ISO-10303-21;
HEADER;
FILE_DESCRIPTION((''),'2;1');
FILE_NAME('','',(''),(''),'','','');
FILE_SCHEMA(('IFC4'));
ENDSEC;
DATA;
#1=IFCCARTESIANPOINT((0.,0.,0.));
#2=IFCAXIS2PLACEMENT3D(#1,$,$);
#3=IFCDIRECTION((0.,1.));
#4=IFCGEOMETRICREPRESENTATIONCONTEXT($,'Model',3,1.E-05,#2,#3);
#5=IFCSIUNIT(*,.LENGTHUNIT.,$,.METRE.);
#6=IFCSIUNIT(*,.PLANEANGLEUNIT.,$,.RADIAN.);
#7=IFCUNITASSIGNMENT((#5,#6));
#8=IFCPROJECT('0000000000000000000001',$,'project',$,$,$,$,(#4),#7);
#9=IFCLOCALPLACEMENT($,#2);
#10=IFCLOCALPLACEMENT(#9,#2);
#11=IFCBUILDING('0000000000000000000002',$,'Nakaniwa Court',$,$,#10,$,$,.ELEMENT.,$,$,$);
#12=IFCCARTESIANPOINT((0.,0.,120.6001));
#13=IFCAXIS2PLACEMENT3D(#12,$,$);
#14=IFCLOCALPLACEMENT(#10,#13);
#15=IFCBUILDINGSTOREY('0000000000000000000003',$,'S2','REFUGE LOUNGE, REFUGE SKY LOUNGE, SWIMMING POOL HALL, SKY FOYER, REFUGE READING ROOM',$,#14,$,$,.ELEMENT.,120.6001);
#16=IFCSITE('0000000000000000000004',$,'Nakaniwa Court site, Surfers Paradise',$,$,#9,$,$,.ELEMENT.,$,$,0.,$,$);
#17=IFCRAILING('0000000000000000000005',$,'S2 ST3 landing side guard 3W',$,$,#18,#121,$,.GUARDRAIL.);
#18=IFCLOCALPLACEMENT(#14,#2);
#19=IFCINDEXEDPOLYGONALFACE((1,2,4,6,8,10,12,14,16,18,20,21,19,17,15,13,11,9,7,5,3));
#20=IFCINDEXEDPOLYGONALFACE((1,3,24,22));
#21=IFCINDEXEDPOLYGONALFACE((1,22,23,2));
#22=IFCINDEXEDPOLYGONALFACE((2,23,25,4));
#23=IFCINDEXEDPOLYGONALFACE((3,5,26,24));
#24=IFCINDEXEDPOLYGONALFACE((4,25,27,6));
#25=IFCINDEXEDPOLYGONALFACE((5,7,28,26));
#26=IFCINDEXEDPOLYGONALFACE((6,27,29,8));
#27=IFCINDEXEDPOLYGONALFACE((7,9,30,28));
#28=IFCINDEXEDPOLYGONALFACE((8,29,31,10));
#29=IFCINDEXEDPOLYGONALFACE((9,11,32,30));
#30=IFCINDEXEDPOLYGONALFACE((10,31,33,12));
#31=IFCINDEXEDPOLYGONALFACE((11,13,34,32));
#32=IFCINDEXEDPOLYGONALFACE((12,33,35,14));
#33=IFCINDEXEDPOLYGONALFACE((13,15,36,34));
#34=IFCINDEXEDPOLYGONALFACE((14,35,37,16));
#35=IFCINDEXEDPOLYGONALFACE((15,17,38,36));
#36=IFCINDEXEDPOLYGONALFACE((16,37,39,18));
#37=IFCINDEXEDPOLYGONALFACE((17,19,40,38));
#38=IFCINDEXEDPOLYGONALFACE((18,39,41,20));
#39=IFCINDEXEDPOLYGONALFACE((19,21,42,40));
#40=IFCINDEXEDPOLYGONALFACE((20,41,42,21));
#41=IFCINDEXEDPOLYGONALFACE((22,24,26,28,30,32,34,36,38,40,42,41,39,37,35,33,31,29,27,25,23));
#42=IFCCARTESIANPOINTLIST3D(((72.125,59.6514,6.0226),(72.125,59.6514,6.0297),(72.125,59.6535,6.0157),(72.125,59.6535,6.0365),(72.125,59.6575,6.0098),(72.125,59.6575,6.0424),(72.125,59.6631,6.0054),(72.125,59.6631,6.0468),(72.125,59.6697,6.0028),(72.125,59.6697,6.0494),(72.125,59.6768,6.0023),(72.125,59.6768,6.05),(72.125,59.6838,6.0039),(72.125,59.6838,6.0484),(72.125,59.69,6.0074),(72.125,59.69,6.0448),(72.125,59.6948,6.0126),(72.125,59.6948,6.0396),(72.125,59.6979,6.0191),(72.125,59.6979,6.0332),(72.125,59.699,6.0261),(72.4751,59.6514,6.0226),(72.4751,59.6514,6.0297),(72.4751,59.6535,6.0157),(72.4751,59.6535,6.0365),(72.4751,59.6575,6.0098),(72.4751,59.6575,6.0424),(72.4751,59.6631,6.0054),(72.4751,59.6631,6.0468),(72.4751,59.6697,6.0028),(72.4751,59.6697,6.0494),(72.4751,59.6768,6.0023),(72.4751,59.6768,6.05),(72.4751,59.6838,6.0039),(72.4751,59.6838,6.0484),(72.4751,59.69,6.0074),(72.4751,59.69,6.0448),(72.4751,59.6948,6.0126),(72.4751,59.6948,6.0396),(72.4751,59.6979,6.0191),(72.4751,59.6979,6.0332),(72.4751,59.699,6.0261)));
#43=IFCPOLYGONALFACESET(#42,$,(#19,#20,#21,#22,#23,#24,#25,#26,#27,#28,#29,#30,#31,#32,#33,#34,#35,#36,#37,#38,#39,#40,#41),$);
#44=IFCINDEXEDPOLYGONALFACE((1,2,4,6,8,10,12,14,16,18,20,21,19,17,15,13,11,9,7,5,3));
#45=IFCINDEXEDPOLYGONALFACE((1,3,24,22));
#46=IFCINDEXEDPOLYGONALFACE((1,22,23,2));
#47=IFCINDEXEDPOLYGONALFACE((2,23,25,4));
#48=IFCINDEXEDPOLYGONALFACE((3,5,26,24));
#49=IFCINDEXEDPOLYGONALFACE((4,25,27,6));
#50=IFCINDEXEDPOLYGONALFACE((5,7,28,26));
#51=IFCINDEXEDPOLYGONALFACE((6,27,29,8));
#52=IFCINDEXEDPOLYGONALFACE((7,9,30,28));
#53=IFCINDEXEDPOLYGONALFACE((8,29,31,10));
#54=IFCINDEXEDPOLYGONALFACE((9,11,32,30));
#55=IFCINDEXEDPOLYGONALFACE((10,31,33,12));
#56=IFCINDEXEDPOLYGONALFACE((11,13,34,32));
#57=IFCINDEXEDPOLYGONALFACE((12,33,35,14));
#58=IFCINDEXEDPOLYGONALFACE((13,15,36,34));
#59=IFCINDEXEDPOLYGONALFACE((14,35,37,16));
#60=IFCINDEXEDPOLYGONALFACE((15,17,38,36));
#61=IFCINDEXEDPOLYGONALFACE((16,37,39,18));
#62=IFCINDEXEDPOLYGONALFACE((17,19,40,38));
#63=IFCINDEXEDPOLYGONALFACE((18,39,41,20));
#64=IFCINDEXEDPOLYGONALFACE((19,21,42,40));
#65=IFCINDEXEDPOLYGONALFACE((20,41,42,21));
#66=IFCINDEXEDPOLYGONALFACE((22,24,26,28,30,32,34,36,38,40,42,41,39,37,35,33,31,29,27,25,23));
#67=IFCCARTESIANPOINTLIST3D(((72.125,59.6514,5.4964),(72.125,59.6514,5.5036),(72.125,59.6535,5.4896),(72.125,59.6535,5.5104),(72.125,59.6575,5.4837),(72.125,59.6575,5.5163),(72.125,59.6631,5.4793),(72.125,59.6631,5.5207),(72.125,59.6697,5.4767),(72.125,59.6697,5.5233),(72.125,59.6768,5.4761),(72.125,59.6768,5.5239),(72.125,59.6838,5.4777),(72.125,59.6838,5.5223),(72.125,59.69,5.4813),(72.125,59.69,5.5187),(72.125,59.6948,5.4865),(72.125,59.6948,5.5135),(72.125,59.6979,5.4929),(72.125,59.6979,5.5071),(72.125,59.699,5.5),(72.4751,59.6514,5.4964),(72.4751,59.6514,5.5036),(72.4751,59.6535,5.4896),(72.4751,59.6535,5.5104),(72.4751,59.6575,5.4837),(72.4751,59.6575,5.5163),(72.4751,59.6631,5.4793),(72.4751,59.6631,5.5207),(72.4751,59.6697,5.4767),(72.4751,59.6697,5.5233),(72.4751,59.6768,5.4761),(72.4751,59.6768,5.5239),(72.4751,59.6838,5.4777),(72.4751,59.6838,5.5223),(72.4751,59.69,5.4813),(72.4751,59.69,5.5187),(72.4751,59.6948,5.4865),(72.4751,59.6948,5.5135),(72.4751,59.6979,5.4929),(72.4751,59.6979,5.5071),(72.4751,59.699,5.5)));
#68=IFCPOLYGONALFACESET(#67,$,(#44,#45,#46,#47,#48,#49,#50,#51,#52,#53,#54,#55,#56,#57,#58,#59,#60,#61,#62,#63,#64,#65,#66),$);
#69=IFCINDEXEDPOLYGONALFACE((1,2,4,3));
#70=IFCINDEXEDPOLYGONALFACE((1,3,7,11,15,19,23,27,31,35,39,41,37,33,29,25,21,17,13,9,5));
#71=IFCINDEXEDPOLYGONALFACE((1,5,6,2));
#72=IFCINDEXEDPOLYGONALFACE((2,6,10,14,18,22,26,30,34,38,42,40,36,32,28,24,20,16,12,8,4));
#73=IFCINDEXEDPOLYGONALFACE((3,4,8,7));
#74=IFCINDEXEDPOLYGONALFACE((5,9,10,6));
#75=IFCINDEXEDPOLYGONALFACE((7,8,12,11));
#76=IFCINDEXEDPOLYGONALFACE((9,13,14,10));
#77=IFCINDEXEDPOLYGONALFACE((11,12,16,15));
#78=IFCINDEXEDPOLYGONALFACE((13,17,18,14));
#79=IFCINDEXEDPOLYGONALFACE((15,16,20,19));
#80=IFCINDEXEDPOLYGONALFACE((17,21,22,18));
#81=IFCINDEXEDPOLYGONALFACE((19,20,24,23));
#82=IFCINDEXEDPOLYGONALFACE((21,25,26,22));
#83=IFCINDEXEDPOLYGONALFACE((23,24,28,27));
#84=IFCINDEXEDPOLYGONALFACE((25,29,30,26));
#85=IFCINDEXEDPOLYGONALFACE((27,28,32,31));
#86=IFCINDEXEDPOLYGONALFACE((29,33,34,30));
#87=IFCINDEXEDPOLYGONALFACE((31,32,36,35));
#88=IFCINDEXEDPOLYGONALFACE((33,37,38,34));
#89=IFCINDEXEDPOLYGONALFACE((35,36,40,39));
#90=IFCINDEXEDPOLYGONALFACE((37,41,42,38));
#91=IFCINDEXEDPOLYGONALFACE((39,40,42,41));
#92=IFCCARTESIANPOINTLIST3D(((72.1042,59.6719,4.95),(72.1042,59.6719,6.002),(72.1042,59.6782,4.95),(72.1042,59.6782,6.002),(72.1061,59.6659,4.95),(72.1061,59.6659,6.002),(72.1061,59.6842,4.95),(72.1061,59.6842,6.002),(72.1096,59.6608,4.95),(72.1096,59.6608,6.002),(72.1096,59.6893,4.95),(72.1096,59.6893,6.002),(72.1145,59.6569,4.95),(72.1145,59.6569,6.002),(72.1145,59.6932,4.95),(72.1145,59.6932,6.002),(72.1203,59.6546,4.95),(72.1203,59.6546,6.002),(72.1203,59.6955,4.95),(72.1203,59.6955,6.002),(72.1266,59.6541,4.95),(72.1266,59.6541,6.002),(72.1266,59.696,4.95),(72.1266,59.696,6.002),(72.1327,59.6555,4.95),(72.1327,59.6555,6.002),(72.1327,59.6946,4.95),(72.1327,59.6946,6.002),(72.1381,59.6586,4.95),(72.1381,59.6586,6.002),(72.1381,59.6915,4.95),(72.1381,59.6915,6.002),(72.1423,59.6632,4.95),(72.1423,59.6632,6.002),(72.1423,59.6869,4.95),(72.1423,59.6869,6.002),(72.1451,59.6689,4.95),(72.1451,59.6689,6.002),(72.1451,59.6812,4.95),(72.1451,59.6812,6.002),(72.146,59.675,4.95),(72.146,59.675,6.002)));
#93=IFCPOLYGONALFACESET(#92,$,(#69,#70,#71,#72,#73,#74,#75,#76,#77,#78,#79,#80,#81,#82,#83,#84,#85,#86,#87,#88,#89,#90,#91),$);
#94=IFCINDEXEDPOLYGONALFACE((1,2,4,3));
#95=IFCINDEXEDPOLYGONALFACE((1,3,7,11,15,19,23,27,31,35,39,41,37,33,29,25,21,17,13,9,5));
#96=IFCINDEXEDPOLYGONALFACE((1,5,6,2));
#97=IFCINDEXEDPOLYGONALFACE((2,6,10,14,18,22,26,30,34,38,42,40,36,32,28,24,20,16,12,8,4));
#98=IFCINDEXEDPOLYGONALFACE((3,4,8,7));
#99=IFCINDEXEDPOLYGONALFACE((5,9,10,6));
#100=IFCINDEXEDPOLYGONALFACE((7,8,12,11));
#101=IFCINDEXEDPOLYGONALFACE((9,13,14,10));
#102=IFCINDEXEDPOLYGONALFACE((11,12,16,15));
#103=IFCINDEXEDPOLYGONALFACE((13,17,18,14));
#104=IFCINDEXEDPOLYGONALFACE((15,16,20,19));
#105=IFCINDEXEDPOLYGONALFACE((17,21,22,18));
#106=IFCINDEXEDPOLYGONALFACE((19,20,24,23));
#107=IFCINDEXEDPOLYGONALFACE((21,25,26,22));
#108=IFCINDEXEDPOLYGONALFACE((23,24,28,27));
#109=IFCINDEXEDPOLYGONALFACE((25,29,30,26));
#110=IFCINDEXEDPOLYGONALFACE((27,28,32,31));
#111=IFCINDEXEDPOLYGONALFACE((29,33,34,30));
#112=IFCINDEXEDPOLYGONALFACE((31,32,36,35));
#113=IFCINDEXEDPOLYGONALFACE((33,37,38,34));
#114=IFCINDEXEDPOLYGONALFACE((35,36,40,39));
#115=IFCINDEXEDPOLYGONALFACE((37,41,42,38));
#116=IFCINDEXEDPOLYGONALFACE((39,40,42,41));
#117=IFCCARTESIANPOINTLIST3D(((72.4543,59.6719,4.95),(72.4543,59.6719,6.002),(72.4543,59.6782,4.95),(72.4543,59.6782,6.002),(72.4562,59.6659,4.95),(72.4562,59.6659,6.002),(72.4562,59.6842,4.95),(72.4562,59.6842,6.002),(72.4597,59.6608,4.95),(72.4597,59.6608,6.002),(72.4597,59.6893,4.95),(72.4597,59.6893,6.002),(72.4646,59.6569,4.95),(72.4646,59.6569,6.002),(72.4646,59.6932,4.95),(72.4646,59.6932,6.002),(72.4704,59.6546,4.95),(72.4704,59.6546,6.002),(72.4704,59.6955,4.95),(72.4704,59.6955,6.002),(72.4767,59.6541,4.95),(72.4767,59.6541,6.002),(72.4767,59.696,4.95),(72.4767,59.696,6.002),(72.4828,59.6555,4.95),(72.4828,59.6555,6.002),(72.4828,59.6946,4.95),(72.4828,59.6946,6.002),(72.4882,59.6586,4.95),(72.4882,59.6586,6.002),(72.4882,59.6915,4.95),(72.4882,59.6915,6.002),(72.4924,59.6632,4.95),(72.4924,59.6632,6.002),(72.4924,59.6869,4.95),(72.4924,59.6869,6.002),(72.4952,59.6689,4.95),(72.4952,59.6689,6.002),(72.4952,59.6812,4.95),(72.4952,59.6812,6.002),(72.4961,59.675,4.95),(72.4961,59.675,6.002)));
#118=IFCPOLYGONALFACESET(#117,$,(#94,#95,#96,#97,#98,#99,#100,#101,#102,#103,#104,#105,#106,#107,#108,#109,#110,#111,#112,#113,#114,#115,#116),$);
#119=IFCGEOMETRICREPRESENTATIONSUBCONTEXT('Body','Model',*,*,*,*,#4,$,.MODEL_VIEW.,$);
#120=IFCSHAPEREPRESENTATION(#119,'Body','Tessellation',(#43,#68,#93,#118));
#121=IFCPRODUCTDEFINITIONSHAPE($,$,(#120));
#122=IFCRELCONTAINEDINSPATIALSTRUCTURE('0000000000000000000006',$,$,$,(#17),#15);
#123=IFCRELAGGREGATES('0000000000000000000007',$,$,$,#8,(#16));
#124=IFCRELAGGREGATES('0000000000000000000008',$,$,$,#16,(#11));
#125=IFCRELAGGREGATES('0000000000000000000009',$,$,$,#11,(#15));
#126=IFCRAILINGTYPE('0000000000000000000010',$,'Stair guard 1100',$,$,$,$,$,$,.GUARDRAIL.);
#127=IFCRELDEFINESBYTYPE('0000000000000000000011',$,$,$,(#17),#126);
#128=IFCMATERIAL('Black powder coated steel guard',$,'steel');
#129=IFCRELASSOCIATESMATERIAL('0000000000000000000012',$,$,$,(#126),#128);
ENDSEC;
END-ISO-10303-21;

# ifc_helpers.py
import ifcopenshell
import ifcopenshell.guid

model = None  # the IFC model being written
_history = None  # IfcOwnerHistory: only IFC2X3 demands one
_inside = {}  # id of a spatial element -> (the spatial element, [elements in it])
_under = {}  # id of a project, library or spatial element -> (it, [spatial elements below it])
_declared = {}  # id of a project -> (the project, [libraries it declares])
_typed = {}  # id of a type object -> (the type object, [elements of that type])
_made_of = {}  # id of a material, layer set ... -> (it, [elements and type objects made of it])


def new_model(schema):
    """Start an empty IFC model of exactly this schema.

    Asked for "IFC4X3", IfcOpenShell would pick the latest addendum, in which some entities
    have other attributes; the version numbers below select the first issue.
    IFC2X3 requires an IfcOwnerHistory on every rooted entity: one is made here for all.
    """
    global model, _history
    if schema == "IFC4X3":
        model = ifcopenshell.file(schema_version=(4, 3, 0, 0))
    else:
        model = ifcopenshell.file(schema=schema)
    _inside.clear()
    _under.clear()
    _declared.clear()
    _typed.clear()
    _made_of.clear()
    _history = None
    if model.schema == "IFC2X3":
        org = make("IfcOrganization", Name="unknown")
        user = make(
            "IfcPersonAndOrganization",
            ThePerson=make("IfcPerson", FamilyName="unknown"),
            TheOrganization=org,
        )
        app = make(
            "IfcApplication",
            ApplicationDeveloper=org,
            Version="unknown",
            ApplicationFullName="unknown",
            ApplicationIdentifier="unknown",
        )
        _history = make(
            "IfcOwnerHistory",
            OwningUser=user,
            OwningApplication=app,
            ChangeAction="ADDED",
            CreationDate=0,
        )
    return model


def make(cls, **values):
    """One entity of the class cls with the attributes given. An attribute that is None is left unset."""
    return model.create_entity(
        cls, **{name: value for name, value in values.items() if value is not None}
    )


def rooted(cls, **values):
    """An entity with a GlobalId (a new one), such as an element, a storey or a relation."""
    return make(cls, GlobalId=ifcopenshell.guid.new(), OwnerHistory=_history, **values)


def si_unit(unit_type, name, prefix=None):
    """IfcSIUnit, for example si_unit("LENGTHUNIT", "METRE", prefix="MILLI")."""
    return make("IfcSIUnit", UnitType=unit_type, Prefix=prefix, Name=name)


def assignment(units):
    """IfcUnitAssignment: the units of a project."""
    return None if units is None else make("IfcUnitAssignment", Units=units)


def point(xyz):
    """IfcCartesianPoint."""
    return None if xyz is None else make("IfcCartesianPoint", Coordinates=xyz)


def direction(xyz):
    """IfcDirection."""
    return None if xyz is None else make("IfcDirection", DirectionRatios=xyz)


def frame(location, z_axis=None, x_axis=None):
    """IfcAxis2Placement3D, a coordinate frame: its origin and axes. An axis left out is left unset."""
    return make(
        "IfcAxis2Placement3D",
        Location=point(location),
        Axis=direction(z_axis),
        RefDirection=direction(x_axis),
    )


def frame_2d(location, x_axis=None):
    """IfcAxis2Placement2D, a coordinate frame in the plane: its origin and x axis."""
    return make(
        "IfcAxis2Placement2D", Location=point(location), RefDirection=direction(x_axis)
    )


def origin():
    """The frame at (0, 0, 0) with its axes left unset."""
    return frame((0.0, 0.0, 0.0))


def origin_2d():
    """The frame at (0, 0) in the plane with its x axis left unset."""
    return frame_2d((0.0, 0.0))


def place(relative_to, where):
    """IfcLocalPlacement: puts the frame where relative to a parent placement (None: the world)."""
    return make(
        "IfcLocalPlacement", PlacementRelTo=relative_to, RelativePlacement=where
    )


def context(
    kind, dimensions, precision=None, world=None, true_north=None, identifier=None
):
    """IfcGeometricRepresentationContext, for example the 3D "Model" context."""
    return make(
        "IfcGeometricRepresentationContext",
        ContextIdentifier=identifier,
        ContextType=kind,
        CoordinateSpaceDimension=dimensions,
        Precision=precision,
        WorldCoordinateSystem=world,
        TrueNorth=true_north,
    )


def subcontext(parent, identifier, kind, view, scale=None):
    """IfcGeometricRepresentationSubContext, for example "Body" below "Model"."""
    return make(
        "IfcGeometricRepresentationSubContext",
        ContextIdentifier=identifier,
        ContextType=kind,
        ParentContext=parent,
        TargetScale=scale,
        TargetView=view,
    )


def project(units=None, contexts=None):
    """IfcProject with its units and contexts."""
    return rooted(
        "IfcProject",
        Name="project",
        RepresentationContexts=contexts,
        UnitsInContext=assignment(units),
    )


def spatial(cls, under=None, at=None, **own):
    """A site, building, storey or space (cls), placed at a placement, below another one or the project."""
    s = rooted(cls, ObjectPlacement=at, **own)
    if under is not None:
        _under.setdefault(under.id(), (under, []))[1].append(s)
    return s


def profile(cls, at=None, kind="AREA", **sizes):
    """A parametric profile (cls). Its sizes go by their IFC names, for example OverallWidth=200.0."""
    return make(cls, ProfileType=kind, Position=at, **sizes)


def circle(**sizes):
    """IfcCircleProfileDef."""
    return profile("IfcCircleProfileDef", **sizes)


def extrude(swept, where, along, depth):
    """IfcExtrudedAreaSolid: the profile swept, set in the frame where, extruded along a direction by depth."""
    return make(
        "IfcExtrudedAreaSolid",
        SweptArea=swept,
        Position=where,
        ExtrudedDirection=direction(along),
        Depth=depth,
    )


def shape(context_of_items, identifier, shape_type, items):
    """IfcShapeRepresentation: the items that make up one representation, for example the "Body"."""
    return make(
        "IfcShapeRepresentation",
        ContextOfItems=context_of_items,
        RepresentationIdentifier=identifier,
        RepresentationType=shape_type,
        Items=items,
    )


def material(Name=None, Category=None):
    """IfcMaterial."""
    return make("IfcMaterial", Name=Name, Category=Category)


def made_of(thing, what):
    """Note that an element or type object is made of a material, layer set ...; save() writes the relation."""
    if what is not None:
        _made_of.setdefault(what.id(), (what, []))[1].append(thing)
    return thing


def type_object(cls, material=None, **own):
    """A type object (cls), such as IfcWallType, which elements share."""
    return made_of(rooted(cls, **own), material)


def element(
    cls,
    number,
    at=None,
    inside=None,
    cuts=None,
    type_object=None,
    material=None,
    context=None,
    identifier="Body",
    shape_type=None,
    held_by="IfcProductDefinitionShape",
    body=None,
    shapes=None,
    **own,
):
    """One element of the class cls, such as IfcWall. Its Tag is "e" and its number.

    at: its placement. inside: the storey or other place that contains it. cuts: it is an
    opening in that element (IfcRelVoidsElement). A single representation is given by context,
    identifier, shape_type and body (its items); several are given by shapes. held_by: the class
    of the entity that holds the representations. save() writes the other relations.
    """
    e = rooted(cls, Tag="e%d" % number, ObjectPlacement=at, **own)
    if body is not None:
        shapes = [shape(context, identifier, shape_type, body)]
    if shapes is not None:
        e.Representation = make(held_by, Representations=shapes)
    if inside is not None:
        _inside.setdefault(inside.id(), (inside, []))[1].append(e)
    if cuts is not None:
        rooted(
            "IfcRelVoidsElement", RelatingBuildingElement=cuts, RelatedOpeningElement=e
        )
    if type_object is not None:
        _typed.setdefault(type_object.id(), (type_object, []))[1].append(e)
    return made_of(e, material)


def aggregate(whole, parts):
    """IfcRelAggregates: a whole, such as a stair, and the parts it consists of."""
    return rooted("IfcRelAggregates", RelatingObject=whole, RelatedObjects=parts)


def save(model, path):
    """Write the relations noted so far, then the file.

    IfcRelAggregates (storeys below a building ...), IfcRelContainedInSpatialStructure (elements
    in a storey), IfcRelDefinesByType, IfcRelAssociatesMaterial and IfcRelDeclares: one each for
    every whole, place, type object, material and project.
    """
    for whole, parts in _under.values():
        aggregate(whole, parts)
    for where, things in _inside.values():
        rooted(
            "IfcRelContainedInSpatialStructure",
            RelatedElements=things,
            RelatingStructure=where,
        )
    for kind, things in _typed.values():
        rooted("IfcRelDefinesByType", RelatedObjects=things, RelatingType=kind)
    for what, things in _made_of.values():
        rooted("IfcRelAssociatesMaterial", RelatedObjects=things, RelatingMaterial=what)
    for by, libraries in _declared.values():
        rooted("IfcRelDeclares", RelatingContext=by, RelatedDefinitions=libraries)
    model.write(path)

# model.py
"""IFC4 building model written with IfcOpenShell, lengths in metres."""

from ifc_helpers import new_model, si_unit, direction, frame, origin, origin_2d, place, context, subcontext, project, spatial, circle, extrude, material, type_object, element, save


model = new_model("IFC4")

# Units and contexts
model_context = context("Model", 3, precision=1e-05, world=origin(), true_north=direction((0.0, 1.0)))
body_context = subcontext(model_context, "Body", "Model", "MODEL_VIEW")
ifc_project = project(units=[si_unit("LENGTHUNIT", "METRE"), si_unit("PLANEANGLEUNIT", "RADIAN")], contexts=[model_context])

# Site, building, storey
site_placement = place(None, origin())
site = spatial("IfcSite", under=ifc_project, at=site_placement, Name="Nakaniwa Court site, Surfers Paradise", CompositionType="ELEMENT", RefElevation=0.0)
building_placement = place(site_placement, origin())
building = spatial("IfcBuilding", under=site, at=building_placement, Name="Nakaniwa Court", CompositionType="ELEMENT")
storey_placement = place(building_placement, frame((0.0, 0.0, 120.6001)))
storey = spatial("IfcBuildingStorey", under=building, at=storey_placement, Name="S2", Description="REFUGE LOUNGE, REFUGE SKY LOUNGE, SWIMMING POOL HALL, SKY FOYER, REFUGE READING ROOM", CompositionType="ELEMENT", Elevation=120.6001)

# Railing
ifc_material_1 = material(Name="Black powder coated steel guard", Category="steel")
railing_type_1 = type_object("IfcRailingType", Name="Stair guard 1100", PredefinedType="GUARDRAIL", material=ifc_material_1)
for number, where, name in (
    (1, (72.125, 59.675, 4.95), "S2 ST3 landing side guard 3W"),
):
    element("IfcRailing", number, at=place(storey_placement, frame(where)), inside=storey, type_object=railing_type_1, Name=name, PredefinedType="GUARDRAIL", context=body_context, shape_type="SweptSolid", body=[
        extrude(circle(Radius=0.0239, at=origin_2d()), frame((0.0, 0.0, 1.0762), z_axis=(1.0, 0.0, 0.0), x_axis=(0.0, 1.0, 0.0)), (0.0, 0.0, 1.0), 0.3501),
        extrude(circle(Radius=0.0239, at=origin_2d()), frame((0.0, 0.0, 0.55), z_axis=(1.0, 0.0, 0.0), x_axis=(0.0, 1.0, 0.0)), (0.0, 0.0, 1.0), 0.3501),
        extrude(circle(Radius=0.021, at=origin_2d()), origin(), (0.0, 0.0, 1.0), 1.052),
        extrude(circle(Radius=0.021, at=origin_2d()), frame((0.3501, 0.0, 0.0)), (0.0, 0.0, 1.0), 1.052),
    ])

save(model, "model.ifc")
